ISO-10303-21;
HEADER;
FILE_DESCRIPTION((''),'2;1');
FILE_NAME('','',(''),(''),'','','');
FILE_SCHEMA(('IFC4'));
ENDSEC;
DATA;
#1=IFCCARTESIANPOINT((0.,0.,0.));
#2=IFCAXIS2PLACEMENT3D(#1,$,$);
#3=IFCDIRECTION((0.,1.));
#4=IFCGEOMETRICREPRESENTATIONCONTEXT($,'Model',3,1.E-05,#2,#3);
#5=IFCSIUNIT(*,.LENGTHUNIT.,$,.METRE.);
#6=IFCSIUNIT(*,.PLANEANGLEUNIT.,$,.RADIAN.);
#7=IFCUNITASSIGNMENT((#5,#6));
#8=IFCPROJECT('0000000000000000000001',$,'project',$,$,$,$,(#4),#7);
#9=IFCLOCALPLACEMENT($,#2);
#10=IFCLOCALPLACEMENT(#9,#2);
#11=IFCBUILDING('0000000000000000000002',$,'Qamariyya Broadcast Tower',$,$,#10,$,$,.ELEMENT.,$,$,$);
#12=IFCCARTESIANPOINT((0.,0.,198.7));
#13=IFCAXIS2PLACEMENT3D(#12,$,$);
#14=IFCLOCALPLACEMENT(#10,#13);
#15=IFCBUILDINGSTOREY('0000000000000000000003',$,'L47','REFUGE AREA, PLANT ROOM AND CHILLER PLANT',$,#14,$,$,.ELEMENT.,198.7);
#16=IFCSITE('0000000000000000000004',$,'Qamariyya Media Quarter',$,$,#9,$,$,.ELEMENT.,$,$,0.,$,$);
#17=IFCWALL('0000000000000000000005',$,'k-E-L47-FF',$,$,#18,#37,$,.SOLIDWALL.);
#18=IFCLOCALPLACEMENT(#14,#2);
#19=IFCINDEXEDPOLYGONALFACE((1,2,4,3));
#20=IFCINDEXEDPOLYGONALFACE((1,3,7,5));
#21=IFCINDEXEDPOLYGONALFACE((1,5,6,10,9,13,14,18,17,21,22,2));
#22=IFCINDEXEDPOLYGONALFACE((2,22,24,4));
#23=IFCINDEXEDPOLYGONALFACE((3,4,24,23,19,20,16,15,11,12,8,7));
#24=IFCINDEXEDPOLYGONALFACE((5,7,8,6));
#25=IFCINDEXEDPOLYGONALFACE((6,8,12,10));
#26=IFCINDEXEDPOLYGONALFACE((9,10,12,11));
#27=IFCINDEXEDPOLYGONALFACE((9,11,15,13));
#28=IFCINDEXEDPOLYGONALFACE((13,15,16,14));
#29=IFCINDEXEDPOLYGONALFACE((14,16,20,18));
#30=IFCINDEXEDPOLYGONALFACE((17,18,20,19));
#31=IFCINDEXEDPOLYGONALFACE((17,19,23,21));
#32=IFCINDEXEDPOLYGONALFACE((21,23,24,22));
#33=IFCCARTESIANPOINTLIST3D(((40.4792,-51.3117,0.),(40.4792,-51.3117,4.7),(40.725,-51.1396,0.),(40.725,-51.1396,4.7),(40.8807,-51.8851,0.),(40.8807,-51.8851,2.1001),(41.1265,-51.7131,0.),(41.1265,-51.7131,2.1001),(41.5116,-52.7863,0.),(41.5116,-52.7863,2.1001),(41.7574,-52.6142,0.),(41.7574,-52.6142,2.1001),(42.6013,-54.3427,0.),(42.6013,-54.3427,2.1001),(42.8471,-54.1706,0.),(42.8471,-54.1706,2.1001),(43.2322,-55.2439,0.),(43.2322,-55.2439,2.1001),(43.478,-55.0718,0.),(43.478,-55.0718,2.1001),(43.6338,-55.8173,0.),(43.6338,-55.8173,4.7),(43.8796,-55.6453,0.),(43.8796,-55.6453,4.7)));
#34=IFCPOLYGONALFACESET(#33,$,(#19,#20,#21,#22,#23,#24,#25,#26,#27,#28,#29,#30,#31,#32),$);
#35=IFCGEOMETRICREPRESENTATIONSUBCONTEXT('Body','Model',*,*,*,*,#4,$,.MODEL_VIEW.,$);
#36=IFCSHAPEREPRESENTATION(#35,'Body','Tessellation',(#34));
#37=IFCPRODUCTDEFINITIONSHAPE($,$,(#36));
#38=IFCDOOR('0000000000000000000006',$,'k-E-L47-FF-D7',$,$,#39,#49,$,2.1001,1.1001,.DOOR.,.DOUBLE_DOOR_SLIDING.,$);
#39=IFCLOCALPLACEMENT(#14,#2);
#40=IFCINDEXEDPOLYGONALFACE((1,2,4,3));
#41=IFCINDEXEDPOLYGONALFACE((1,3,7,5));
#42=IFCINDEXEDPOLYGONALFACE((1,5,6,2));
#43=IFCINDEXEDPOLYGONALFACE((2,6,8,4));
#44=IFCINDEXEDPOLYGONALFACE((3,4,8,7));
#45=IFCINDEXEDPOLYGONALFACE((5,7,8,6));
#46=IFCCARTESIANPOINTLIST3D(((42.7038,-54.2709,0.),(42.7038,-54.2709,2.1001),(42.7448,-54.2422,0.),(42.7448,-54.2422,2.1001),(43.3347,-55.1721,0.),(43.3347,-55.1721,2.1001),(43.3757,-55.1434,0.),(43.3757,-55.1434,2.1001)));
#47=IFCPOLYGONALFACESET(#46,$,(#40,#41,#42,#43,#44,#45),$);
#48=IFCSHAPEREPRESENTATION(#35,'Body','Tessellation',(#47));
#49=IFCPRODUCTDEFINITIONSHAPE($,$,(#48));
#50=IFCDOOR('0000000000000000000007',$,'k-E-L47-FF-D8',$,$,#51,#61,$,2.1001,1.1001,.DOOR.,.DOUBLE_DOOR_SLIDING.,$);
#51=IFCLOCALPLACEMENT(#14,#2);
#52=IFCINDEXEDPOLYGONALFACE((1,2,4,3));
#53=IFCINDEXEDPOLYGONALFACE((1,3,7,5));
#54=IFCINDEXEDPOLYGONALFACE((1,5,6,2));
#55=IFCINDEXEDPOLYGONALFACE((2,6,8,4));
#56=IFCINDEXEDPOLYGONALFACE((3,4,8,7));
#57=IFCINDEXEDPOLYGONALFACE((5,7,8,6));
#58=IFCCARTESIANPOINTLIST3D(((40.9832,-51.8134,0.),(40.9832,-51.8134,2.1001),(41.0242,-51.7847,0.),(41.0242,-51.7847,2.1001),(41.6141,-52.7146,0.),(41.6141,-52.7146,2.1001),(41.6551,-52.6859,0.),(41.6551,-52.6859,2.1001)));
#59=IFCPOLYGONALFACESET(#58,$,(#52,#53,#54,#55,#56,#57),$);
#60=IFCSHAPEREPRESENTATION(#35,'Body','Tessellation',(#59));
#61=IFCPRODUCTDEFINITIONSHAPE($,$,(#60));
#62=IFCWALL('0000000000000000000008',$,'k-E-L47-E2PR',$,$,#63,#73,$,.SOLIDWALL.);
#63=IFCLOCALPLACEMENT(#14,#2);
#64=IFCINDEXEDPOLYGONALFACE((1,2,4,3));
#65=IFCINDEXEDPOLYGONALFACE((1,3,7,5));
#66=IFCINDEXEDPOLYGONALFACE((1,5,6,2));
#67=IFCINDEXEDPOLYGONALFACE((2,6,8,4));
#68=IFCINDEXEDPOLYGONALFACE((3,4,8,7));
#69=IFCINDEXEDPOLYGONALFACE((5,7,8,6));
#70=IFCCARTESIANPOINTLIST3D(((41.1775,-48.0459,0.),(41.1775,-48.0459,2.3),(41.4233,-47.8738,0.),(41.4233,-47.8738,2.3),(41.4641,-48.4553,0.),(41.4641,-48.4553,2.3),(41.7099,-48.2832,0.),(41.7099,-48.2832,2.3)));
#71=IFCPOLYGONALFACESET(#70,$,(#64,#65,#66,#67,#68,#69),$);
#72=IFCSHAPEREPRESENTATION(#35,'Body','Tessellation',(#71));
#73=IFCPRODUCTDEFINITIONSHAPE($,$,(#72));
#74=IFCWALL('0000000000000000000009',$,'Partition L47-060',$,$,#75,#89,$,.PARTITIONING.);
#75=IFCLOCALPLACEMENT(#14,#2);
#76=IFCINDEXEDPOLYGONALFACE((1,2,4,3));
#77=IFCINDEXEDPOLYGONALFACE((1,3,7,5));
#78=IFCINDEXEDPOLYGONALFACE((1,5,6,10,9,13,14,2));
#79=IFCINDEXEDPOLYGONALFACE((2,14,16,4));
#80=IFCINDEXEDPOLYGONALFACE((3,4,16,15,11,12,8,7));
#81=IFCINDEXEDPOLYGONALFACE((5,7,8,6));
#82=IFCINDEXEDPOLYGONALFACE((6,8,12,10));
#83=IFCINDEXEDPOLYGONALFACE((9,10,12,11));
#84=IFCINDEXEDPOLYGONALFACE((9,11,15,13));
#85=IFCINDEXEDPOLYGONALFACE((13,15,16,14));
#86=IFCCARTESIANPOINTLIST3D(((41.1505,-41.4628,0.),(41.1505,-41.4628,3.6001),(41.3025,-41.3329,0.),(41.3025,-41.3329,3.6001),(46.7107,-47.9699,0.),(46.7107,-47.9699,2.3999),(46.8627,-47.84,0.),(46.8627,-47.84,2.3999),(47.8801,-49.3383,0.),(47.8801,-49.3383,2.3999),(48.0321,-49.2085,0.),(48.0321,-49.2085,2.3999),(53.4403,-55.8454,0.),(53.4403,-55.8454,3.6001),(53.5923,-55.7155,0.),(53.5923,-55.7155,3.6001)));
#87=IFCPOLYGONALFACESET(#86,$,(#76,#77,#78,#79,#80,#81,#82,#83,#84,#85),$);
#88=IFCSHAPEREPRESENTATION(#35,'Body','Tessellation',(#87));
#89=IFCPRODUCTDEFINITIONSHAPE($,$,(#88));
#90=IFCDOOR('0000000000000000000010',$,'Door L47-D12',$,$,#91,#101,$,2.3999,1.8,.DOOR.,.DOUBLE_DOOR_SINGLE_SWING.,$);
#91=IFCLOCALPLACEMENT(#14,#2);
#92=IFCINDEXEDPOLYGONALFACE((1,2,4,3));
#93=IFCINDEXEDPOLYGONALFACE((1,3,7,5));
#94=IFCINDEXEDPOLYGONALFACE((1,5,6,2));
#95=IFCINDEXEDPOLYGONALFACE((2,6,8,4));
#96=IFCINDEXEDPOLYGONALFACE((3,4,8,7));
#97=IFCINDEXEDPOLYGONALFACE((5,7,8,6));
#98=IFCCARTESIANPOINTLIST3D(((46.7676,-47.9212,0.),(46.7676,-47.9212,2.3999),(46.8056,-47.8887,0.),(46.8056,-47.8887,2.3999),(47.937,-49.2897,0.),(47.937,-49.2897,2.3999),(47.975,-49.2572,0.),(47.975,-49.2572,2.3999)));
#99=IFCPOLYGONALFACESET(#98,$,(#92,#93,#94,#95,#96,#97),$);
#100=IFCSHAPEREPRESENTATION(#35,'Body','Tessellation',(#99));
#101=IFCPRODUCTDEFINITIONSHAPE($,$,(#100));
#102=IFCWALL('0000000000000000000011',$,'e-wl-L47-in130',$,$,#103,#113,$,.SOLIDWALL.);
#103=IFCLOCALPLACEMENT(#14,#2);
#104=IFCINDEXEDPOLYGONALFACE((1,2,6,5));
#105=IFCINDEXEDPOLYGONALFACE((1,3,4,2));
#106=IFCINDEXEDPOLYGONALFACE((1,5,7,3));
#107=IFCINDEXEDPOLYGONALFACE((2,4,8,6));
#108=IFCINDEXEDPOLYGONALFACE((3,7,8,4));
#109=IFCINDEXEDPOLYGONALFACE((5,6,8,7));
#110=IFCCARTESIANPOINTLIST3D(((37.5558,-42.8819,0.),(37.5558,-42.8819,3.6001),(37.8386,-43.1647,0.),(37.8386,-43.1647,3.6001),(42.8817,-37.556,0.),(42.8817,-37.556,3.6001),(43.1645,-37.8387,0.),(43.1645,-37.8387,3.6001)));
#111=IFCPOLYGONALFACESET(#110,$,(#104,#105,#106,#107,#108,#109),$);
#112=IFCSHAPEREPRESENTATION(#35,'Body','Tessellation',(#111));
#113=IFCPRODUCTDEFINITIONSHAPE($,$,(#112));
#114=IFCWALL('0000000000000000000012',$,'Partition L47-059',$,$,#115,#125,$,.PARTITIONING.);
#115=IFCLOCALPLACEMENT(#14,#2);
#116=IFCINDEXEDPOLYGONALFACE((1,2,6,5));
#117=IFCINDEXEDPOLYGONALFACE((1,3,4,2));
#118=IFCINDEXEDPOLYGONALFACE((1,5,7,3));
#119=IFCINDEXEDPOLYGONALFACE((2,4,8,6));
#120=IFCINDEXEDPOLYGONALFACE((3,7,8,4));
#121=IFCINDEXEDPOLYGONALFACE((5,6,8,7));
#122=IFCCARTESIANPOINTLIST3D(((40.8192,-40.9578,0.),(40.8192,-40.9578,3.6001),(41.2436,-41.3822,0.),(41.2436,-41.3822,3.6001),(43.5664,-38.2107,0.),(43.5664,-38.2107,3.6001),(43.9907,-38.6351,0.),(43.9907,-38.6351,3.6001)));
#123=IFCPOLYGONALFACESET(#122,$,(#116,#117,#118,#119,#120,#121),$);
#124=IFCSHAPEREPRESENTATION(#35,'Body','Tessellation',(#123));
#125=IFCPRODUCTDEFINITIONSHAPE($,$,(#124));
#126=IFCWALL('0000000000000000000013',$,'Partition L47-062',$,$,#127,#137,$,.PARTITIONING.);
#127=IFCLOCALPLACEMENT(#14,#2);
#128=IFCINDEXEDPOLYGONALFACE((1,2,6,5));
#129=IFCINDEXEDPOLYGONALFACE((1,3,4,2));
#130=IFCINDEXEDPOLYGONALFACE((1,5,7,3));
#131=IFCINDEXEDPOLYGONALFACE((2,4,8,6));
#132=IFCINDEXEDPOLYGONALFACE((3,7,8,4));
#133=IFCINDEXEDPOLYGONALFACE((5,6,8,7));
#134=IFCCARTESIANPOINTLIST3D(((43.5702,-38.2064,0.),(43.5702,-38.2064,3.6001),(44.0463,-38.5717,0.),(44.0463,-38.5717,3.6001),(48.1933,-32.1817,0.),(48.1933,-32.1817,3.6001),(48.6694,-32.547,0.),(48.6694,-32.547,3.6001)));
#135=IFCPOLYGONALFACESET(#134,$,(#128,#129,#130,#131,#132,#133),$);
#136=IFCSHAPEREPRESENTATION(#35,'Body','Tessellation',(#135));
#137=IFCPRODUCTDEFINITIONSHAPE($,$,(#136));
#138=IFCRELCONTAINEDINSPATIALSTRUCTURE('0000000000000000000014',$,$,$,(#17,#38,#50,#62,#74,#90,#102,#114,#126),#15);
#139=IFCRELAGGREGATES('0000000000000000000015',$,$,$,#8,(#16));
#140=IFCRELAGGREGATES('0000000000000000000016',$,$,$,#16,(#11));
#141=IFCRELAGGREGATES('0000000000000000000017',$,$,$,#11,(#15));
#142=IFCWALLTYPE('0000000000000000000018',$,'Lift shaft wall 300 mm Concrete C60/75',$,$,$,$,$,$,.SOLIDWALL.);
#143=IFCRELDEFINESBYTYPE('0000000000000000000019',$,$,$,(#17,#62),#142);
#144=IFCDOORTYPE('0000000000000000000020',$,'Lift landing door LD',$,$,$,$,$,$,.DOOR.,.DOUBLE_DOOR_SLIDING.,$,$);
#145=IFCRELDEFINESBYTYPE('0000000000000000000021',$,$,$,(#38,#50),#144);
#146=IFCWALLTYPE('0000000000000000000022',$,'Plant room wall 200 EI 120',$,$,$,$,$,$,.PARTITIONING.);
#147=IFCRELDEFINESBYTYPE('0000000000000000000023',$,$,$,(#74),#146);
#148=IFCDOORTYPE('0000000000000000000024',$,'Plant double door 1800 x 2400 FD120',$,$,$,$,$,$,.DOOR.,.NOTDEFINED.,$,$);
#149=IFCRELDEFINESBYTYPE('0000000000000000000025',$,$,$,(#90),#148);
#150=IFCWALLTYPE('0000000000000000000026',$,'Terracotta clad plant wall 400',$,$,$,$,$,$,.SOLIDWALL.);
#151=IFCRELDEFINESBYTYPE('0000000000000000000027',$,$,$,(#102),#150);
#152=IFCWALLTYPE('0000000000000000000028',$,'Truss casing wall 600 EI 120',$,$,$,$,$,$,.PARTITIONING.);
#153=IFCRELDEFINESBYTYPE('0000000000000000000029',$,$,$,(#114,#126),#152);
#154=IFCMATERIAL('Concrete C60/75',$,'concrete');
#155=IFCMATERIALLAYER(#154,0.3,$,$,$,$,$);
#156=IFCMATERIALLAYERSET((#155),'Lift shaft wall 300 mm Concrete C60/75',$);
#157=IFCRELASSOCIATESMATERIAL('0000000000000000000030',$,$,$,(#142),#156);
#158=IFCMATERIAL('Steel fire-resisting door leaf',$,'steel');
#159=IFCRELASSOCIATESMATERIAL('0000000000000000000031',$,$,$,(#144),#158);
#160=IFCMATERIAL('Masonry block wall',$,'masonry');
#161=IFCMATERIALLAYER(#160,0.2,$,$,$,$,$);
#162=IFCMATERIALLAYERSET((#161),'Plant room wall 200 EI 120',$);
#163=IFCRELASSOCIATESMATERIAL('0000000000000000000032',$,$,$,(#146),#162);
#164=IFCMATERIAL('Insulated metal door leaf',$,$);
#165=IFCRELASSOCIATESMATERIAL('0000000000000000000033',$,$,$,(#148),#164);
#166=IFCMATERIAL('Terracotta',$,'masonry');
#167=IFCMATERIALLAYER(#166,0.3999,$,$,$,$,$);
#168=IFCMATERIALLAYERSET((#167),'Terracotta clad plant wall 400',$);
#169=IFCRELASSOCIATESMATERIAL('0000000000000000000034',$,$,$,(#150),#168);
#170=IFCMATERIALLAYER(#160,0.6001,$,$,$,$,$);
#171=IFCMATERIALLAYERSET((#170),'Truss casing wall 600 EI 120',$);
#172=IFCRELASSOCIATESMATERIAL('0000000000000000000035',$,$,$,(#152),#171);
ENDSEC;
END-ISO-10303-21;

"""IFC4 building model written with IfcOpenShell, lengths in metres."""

from ifc_helpers import new_model, si_unit, direction, frame, frame_2d, origin, place, context, subcontext, project, spatial, rectangle, extrude, material, layer, layer_set, type_object, element, fill, save


model = new_model("IFC4")

# Units and contexts
model_context = context("Model", 3, precision=1e-05, world=origin(), true_north=direction((0.0, 1.0)))
body_context = subcontext(model_context, "Body", "Model", "MODEL_VIEW")
ifc_project = project(units=[si_unit("LENGTHUNIT", "METRE"), si_unit("PLANEANGLEUNIT", "RADIAN")], contexts=[model_context])

# Site, building, storey
site_placement = place(None, origin())
site = spatial("IfcSite", under=ifc_project, at=site_placement, Name="Qamariyya Media Quarter", CompositionType="ELEMENT", RefElevation=0.0)
building_placement = place(site_placement, origin())
building = spatial("IfcBuilding", under=site, at=building_placement, Name="Qamariyya Broadcast Tower", CompositionType="ELEMENT")
storey_placement = place(building_placement, frame((0.0, 0.0, 198.7)))
storey = spatial("IfcBuildingStorey", under=building, at=storey_placement, Name="L47", Description="REFUGE AREA, PLANT ROOM AND CHILLER PLANT", CompositionType="ELEMENT", Elevation=198.7)

# Shared definitions
ifc_material_1 = material(Name="Concrete C60/75", Category="concrete")

# Wall, openings, doors
ifc_layer_1 = layer(ifc_material_1, 0.3)
ifc_layer_set_1 = layer_set([ifc_layer_1], Name="Lift shaft wall 300 mm Concrete C60/75")
wall_type_1 = type_object("IfcWallType", Name="Lift shaft wall 300 mm Concrete C60/75", PredefinedType="SOLIDWALL", material=ifc_layer_set_1)
wall_1_placement = place(storey_placement, frame((43.7566, -55.7312, 0.0), z_axis=(0.0, 0.0, 1.0), x_axis=(-0.573537, 0.81918, 0.0)))
wall_1 = element("IfcWall", 1, at=wall_1_placement, inside=storey, type_object=wall_type_1, Name="k-E-L47-FF", PredefinedType="SOLIDWALL", context=body_context, shape_type="SweptSolid", body=[
    extrude(rectangle(XDim=5.5002, YDim=0.3, at=frame_2d((2.75, 0.0))), origin(), (0.0, 0.0, 1.0), 4.7),
])
opening_1_placement = place(wall_1_placement, frame((0.7, 0.0, 0.0)))
opening_1 = element("IfcOpeningElement", 2, at=opening_1_placement, cuts=wall_1, PredefinedType="OPENING", context=body_context, shape_type="SweptSolid", body=[
    extrude(rectangle(XDim=1.1001, YDim=2.1001, at=frame_2d((0.55, 1.05))), frame((0.0, 0.1599, 0.0), z_axis=(0.0, -1.0, 0.0), x_axis=(1.0, 0.0, 0.0)), (0.0, 0.0, 1.0), 0.3201),
])
opening_2_placement = place(wall_1_placement, frame((3.7, 0.0, 0.0)))
opening_2 = element("IfcOpeningElement", 3, at=opening_2_placement, cuts=wall_1, PredefinedType="OPENING", context=body_context, shape_type="SweptSolid", body=[
    extrude(rectangle(XDim=1.1001, YDim=2.1001, at=frame_2d((0.55, 1.05))), frame((0.0, 0.1599, 0.0), z_axis=(0.0, -1.0, 0.0), x_axis=(1.0, 0.0, 0.0)), (0.0, 0.0, 1.0), 0.3201),
])
ifc_material_2 = material(Name="Steel fire-resisting door leaf", Category="steel")
door_type_1 = type_object("IfcDoorType", Name="Lift landing door LD", OperationType="DOUBLE_DOOR_SLIDING", PredefinedType="DOOR", material=ifc_material_2)
door_1_placement = place(opening_1_placement, origin())
door_1 = element("IfcDoor", 4, at=door_1_placement, inside=storey, type_object=door_type_1, Name="k-E-L47-FF-D7", OperationType="DOUBLE_DOOR_SLIDING", OverallHeight=2.1001, OverallWidth=1.1001, PredefinedType="DOOR", context=body_context, shape_type="SweptSolid", body=[
    extrude(rectangle(XDim=1.1001, YDim=2.1001, at=frame_2d((0.55, 1.05))), frame((0.0, 0.0249, 0.0), z_axis=(0.0, -1.0, 0.0), x_axis=(1.0, 0.0, 0.0)), (0.0, 0.0, 1.0), 0.05),
])
fill(opening_1, door_1)
door_2_placement = place(opening_2_placement, origin())
door_2 = element("IfcDoor", 5, at=door_2_placement, inside=storey, type_object=door_type_1, Name="k-E-L47-FF-D8", OperationType="DOUBLE_DOOR_SLIDING", OverallHeight=2.1001, OverallWidth=1.1001, PredefinedType="DOOR", context=body_context, shape_type="SweptSolid", body=[
    extrude(rectangle(XDim=1.1001, YDim=2.1001, at=frame_2d((0.55, 1.05))), frame((0.0, 0.0249, 0.0), z_axis=(0.0, -1.0, 0.0), x_axis=(1.0, 0.0, 0.0)), (0.0, 0.0, 1.0), 0.05),
])
fill(opening_2, door_2)

# Wall
wall_2_placement = place(storey_placement, frame((41.3003, -47.9597, 0.0), z_axis=(0.0, 0.0, 1.0), x_axis=(0.573495, -0.819209, 0.0)))
element("IfcWall", 6, at=wall_2_placement, inside=storey, type_object=wall_type_1, Name="k-E-L47-E2PR", PredefinedType="SOLIDWALL", context=body_context, shape_type="SweptSolid", body=[
    extrude(rectangle(XDim=0.4998, YDim=0.3, at=frame_2d((0.25, 0.0))), origin(), (0.0, 0.0, 1.0), 2.3),
])

# Wall, opening, door
ifc_material_3 = material(Name="Masonry block wall", Category="masonry")
ifc_layer_2 = layer(ifc_material_3, 0.2)
ifc_layer_set_2 = layer_set([ifc_layer_2], Name="Plant room wall 200 EI 120")
wall_type_2 = type_object("IfcWallType", Name="Plant room wall 200 EI 120", PredefinedType="PARTITIONING", material=ifc_layer_set_2)
wall_3_placement = place(storey_placement, frame((41.2266, -41.3979, 0.0), z_axis=(0.0, 0.0, 1.0), x_axis=(0.649629, -0.760251, 0.0)))
wall_3 = element("IfcWall", 7, at=wall_3_placement, inside=storey, type_object=wall_type_2, Name="Partition L47-060", PredefinedType="PARTITIONING", context=body_context, shape_type="SweptSolid", body=[
    extrude(rectangle(XDim=18.9182, YDim=0.2, at=frame_2d((9.459, 0.0))), origin(), (0.0, 0.0, 1.0), 3.6001),
])
opening_3_placement = place(wall_3_placement, frame((8.5591, 0.0, 0.0)))
opening_3 = element("IfcOpeningElement", 8, at=opening_3_placement, cuts=wall_3, PredefinedType="OPENING", context=body_context, shape_type="SweptSolid", body=[
    extrude(rectangle(XDim=1.8, YDim=2.3999, at=frame_2d((0.8999, 1.2))), frame((0.0, 0.1099, 0.0), z_axis=(0.0, -1.0, 0.0), x_axis=(1.0, 0.0, 0.0)), (0.0, 0.0, 1.0), 0.22),
])
ifc_material_4 = material(Name="Insulated metal door leaf")
door_type_2 = type_object("IfcDoorType", Name="Plant double door 1800 x 2400 FD120", OperationType="NOTDEFINED", PredefinedType="DOOR", material=ifc_material_4)
door_3_placement = place(opening_3_placement, origin())
door_3 = element("IfcDoor", 9, at=door_3_placement, inside=storey, type_object=door_type_2, Name="Door L47-D12", OperationType="DOUBLE_DOOR_SINGLE_SWING", OverallHeight=2.3999, OverallWidth=1.8, PredefinedType="DOOR", context=body_context, shape_type="SweptSolid", body=[
    extrude(rectangle(XDim=1.8, YDim=2.3999, at=frame_2d((0.8999, 1.2))), frame((0.0, 0.0249, 0.0), z_axis=(0.0, -1.0, 0.0), x_axis=(1.0, 0.0, 0.0)), (0.0, 0.0, 1.0), 0.05),
])
fill(opening_3, door_3)

# Walls
ifc_material_5 = material(Name="Terracotta", Category="masonry")
ifc_layer_3 = layer(ifc_material_5, 0.3999)
ifc_layer_set_3 = layer_set([ifc_layer_3], Name="Terracotta clad plant wall 400")
wall_type_3 = type_object("IfcWallType", Name="Terracotta clad plant wall 400", PredefinedType="SOLIDWALL", material=ifc_layer_set_3)
wall_4_placement = place(storey_placement, frame((43.0232, -37.6973, 0.0), z_axis=(0.0, 0.0, 1.0), x_axis=(-0.707107, -0.707107, 0.0)))
element("IfcWall", 10, at=wall_4_placement, inside=storey, type_object=wall_type_3, Name="e-wl-L47-in130", PredefinedType="SOLIDWALL", context=body_context, shape_type="SweptSolid", body=[
    extrude(rectangle(XDim=7.532, YDim=0.3999, at=frame_2d((3.7661, 0.0))), origin(), (0.0, 0.0, 1.0), 3.6001),
])
ifc_layer_4 = layer(ifc_material_3, 0.6001)
ifc_layer_set_4 = layer_set([ifc_layer_4], Name="Truss casing wall 600 EI 120")
wall_type_4 = type_object("IfcWallType", Name="Truss casing wall 600 EI 120", PredefinedType="PARTITIONING", material=ifc_layer_set_4)
wall_5_placement = place(storey_placement, frame((41.0315, -41.1699, 0.0), z_axis=(0.0, 0.0, 1.0), x_axis=(0.707107, 0.707107, 0.0)))
element("IfcWall", 11, at=wall_5_placement, inside=storey, type_object=wall_type_4, Name="Partition L47-059", PredefinedType="PARTITIONING", context=body_context, shape_type="SweptSolid", body=[
    extrude(rectangle(XDim=3.885, YDim=0.6001, at=frame_2d((1.9424, 0.0))), origin(), (0.0, 0.0, 1.0), 3.6001),
])
wall_6_placement = place(storey_placement, frame((43.8083, -38.3889, 0.0), z_axis=(0.0, 0.0, 1.0), x_axis=(0.608775, 0.793343, 0.0)))
element("IfcWall", 12, at=wall_6_placement, inside=storey, type_object=wall_type_4, Name="Partition L47-062", PredefinedType="PARTITIONING", context=body_context, shape_type="SweptSolid", body=[
    extrude(rectangle(XDim=7.594, YDim=0.6001, at=frame_2d((3.7969, 0.0))), origin(), (0.0, 0.0, 1.0), 3.6001),
])

save(model, "model.ifc")
